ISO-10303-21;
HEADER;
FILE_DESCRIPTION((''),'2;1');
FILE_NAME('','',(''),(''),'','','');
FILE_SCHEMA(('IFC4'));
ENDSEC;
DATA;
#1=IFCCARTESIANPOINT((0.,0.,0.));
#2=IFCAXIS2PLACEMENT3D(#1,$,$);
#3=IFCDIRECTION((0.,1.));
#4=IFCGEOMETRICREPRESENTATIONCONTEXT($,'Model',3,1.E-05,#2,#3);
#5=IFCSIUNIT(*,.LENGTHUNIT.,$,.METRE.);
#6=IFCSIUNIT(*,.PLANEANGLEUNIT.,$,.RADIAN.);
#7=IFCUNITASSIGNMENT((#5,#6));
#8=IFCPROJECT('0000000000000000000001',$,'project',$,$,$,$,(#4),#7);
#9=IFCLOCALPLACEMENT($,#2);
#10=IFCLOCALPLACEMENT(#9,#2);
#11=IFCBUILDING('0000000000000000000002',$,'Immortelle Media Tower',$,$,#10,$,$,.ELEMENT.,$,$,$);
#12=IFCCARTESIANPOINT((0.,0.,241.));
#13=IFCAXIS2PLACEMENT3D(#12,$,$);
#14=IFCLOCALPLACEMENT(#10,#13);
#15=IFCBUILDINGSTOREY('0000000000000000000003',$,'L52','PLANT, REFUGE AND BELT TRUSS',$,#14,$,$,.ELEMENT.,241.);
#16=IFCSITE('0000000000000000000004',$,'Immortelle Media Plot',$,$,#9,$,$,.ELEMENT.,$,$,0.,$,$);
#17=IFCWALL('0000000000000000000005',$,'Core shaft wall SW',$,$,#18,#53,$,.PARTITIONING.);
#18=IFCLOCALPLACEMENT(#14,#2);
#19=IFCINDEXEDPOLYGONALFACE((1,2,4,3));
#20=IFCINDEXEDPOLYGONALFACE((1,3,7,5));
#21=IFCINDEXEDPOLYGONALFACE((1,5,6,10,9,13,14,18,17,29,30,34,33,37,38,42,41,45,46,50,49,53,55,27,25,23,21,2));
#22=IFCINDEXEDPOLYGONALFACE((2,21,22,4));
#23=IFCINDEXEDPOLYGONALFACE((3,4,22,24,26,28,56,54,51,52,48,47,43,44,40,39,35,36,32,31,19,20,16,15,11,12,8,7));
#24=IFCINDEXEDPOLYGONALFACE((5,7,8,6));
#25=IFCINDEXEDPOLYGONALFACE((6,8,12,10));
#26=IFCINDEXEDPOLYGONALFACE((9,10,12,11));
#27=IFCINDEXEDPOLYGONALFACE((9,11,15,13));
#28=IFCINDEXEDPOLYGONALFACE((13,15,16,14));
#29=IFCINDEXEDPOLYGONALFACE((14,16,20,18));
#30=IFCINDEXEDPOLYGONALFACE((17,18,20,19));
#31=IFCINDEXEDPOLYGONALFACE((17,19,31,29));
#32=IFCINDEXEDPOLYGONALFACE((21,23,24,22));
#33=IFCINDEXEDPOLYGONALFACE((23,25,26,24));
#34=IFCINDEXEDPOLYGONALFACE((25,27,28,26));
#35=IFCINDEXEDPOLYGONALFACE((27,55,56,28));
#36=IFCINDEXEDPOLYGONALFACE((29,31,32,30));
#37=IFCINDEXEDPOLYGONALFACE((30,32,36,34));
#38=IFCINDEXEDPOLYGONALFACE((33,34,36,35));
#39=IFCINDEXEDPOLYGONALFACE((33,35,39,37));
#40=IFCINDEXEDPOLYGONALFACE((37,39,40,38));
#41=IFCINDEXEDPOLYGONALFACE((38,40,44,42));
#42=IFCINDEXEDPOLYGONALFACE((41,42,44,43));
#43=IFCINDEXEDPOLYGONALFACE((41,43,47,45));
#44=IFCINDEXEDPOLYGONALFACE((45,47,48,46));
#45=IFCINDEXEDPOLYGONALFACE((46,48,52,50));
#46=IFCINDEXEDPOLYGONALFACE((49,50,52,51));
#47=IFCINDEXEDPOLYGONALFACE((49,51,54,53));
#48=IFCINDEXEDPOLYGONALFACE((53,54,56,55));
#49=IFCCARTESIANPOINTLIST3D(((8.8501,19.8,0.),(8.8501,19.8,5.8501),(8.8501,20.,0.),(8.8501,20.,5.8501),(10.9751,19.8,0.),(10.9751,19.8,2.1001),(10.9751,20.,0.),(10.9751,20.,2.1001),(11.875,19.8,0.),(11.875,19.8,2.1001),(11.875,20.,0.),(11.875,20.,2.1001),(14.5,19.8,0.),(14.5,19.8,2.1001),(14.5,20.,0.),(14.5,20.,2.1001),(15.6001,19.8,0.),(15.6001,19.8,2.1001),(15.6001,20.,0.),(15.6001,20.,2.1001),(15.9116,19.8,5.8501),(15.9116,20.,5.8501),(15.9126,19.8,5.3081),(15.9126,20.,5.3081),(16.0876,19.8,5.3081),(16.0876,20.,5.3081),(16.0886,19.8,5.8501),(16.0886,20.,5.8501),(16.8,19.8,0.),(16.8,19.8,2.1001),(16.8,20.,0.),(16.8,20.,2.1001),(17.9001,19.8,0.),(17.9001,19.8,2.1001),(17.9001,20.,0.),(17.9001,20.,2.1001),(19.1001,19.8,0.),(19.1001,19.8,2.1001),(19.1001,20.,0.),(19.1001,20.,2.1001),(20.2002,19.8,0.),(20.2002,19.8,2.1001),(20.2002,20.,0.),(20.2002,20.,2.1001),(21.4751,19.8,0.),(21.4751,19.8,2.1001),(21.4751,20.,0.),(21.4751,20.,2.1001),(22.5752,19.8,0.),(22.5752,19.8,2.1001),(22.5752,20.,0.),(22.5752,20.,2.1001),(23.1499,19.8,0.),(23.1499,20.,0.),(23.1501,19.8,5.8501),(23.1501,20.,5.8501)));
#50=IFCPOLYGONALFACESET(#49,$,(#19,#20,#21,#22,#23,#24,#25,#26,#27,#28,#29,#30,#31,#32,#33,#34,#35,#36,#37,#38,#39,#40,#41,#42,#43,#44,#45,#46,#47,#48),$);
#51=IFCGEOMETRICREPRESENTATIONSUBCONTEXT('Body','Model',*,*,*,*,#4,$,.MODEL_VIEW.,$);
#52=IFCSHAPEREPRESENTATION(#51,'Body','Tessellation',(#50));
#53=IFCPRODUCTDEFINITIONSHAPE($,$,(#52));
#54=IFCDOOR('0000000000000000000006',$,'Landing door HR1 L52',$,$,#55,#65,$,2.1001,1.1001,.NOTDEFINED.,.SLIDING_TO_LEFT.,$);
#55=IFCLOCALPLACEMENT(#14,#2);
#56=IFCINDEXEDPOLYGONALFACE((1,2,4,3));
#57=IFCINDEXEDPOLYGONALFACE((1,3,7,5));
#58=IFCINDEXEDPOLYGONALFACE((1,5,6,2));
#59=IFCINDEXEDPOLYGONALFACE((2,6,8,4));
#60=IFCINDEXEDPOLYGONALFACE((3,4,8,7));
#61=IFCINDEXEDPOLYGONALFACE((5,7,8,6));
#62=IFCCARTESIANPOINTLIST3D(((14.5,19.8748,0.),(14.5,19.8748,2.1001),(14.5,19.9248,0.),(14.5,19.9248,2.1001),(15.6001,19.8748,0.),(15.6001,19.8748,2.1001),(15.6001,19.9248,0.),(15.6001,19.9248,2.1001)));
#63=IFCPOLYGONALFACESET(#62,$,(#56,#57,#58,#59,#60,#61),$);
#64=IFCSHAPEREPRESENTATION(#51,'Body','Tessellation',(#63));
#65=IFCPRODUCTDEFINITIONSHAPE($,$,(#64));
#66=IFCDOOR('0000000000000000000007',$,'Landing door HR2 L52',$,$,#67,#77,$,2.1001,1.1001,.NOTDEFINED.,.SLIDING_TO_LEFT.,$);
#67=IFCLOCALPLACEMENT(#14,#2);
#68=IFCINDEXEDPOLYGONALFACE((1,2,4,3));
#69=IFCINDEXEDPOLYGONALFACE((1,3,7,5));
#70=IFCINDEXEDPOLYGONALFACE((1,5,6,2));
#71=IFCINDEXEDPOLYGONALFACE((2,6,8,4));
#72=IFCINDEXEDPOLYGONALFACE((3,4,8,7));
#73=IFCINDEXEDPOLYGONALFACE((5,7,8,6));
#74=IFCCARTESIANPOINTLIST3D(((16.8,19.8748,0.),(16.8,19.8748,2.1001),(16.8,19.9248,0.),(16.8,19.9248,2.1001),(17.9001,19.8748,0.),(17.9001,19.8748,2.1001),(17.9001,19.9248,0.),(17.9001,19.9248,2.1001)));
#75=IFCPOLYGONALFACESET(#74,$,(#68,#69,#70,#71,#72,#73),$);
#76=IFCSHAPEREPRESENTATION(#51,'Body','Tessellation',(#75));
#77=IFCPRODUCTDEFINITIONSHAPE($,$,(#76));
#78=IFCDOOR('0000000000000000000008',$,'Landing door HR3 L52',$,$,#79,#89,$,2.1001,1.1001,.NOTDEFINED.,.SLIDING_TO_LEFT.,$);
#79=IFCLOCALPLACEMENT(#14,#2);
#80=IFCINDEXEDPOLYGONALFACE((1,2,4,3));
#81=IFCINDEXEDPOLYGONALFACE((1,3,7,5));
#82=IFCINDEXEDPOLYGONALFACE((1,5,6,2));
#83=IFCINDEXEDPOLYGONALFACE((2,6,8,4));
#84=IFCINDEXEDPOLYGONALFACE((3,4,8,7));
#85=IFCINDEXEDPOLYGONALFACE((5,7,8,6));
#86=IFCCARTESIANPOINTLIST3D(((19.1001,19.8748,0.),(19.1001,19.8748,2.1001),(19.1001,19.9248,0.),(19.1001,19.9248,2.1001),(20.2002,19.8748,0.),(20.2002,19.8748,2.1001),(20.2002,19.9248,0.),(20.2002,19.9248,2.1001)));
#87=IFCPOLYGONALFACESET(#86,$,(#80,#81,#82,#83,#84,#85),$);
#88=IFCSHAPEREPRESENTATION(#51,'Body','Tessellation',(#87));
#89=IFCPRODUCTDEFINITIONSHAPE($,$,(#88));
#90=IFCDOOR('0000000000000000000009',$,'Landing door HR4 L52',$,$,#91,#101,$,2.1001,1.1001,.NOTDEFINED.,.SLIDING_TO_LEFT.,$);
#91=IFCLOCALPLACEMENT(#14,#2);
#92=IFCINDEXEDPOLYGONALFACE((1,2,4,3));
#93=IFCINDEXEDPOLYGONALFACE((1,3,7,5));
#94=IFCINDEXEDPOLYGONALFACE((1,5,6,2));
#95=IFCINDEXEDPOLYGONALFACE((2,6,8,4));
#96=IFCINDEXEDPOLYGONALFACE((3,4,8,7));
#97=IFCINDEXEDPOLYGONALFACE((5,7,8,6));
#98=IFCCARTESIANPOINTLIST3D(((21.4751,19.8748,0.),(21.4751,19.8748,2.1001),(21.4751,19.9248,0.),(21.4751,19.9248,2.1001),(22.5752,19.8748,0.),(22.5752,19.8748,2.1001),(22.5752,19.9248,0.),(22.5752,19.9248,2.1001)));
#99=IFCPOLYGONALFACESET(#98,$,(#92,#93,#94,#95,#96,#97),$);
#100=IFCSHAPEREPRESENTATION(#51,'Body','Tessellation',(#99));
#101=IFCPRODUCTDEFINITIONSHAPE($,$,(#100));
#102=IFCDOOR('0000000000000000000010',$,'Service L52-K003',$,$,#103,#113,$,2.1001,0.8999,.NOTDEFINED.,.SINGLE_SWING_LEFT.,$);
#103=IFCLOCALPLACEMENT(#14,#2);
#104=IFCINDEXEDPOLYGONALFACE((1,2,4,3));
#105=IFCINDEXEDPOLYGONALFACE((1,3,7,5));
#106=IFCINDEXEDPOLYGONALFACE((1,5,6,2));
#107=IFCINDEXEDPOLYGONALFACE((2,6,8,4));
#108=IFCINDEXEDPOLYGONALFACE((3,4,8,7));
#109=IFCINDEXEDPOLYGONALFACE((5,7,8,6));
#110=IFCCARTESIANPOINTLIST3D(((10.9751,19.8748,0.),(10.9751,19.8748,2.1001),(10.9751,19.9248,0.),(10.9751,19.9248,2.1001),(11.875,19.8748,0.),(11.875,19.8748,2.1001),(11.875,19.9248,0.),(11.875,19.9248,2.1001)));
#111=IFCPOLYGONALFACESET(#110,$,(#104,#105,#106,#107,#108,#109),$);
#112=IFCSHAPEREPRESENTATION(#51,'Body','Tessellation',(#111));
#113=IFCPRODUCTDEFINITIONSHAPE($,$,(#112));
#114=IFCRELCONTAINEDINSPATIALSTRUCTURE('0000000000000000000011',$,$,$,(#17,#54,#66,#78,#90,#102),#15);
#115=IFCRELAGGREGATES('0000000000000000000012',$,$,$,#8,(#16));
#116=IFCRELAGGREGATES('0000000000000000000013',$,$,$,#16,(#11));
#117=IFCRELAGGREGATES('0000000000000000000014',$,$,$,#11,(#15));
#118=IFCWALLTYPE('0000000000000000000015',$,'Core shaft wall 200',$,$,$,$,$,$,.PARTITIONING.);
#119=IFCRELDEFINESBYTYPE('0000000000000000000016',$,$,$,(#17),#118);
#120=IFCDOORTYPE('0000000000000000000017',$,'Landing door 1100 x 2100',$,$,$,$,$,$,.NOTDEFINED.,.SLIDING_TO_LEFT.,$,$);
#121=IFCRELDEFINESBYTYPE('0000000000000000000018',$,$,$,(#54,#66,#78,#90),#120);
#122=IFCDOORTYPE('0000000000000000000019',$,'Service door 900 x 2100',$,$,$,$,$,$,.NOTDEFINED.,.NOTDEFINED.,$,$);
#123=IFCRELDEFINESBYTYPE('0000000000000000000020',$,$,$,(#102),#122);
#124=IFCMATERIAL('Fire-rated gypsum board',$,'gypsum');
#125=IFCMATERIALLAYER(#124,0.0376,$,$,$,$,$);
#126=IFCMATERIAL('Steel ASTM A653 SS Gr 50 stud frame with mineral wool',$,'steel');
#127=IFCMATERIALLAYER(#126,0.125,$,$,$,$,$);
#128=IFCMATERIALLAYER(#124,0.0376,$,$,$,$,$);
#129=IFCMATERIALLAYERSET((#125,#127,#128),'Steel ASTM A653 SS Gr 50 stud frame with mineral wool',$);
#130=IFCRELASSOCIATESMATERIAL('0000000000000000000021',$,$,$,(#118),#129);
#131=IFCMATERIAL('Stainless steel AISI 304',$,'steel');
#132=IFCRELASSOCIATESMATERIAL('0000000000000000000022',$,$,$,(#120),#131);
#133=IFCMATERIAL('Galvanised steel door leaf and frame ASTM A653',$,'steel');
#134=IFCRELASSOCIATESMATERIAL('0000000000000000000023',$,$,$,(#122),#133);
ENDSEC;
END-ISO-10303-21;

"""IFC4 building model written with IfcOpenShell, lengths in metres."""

from ifc_helpers import new_model, si_unit, direction, frame, frame_2d, origin, place, context, subcontext, project, spatial, polyline, rectangle, outline, extrude, material, layer, layer_set, type_object, element, fill, save


model = new_model("IFC4")

# Units and contexts
model_context = context("Model", 3, precision=1e-05, world=origin(), true_north=direction((0.0, 1.0)))
body_context = subcontext(model_context, "Body", "Model", "MODEL_VIEW")
ifc_project = project(units=[si_unit("LENGTHUNIT", "METRE"), si_unit("PLANEANGLEUNIT", "RADIAN")], contexts=[model_context])

# Site, building, storey
site_placement = place(None, origin())
site = spatial("IfcSite", under=ifc_project, at=site_placement, Name="Immortelle Media Plot", CompositionType="ELEMENT", RefElevation=0.0)
building_placement = place(site_placement, origin())
building = spatial("IfcBuilding", under=site, at=building_placement, Name="Immortelle Media Tower", CompositionType="ELEMENT")
storey_placement = place(building_placement, frame((0.0, 0.0, 241.0)))
storey = spatial("IfcBuildingStorey", under=building, at=storey_placement, Name="L52", Description="PLANT, REFUGE AND BELT TRUSS", CompositionType="ELEMENT", Elevation=241.0)

# Shared definitions
ifc_material_1 = material(Name="Fire-rated gypsum board", Category="gypsum")
ifc_material_2 = material(Name="Steel ASTM A653 SS Gr 50 stud frame with mineral wool", Category="steel")

# Wall, openings, doors
ifc_layer_1 = layer(ifc_material_1, 0.0376)
ifc_layer_2 = layer(ifc_material_2, 0.125)
ifc_layer_3 = layer(ifc_material_1, 0.0376)
ifc_layer_set_1 = layer_set([ifc_layer_1, ifc_layer_2, ifc_layer_3], Name="Steel ASTM A653 SS Gr 50 stud frame with mineral wool")
wall_type_1 = type_object("IfcWallType", Name="Core shaft wall 200", PredefinedType="PARTITIONING", material=ifc_layer_set_1)
wall_1_placement = place(storey_placement, frame((8.8501, 19.8999, 0.0), z_axis=(0.0, 0.0, 1.0), x_axis=(1.0, 0.0, 0.0)))
wall_1 = element("IfcWall", 1, at=wall_1_placement, inside=storey, type_object=wall_type_1, Name="Core shaft wall SW", PredefinedType="PARTITIONING", context=body_context, shape_type="SweptSolid", body=[
    extrude(outline(polyline([(0.0, 0.0), (14.2998, 0.0), (14.3, 5.8501), (7.2385, 5.8501), (7.2375, 5.3081), (7.0625, 5.3081), (7.0615, 5.8501), (0.0, 5.8501), (0.0, 0.0)])), frame((0.0, 0.1001, 0.0), z_axis=(0.0, -1.0, 0.0), x_axis=(1.0, 0.0, 0.0)), (0.0, 0.0, 1.0), 0.2),
])
opening_1_placement = place(wall_1_placement, frame((2.125, 0.0, 0.0)))
opening_1 = element("IfcOpeningElement", 2, at=opening_1_placement, cuts=wall_1, PredefinedType="OPENING", context=body_context, shape_type="SweptSolid", body=[
    extrude(rectangle(XDim=0.8999, YDim=2.1001, at=frame_2d((0.45, 1.05))), frame((0.0, 0.1099, 0.0), z_axis=(0.0, -1.0, 0.0), x_axis=(1.0, 0.0, 0.0)), (0.0, 0.0, 1.0), 0.22),
])
opening_2_placement = place(wall_1_placement, frame((5.6499, 0.0, 0.0)))
opening_2 = element("IfcOpeningElement", 3, at=opening_2_placement, cuts=wall_1, PredefinedType="OPENING", context=body_context, shape_type="SweptSolid", body=[
    extrude(rectangle(XDim=1.1001, YDim=2.1001, at=frame_2d((0.55, 1.05))), frame((0.0, 0.1099, 0.0), z_axis=(0.0, -1.0, 0.0), x_axis=(1.0, 0.0, 0.0)), (0.0, 0.0, 1.0), 0.22),
])
opening_3_placement = place(wall_1_placement, frame((7.95, 0.0, 0.0)))
opening_3 = element("IfcOpeningElement", 4, at=opening_3_placement, cuts=wall_1, PredefinedType="OPENING", context=body_context, shape_type="SweptSolid", body=[
    extrude(rectangle(XDim=1.1001, YDim=2.1001, at=frame_2d((0.55, 1.05))), frame((0.0, 0.1099, 0.0), z_axis=(0.0, -1.0, 0.0), x_axis=(1.0, 0.0, 0.0)), (0.0, 0.0, 1.0), 0.22),
])
opening_4_placement = place(wall_1_placement, frame((10.25, 0.0, 0.0)))
opening_4 = element("IfcOpeningElement", 5, at=opening_4_placement, cuts=wall_1, PredefinedType="OPENING", context=body_context, shape_type="SweptSolid", body=[
    extrude(rectangle(XDim=1.1001, YDim=2.1001, at=frame_2d((0.55, 1.05))), frame((0.0, 0.1099, 0.0), z_axis=(0.0, -1.0, 0.0), x_axis=(1.0, 0.0, 0.0)), (0.0, 0.0, 1.0), 0.22),
])
opening_5_placement = place(wall_1_placement, frame((12.625, 0.0, 0.0)))
opening_5 = element("IfcOpeningElement", 6, at=opening_5_placement, cuts=wall_1, PredefinedType="OPENING", context=body_context, shape_type="SweptSolid", body=[
    extrude(rectangle(XDim=1.1001, YDim=2.1001, at=frame_2d((0.55, 1.05))), frame((0.0, 0.1099, 0.0), z_axis=(0.0, -1.0, 0.0), x_axis=(1.0, 0.0, 0.0)), (0.0, 0.0, 1.0), 0.22),
])
ifc_material_3 = material(Name="Stainless steel AISI 304", Category="steel")
door_type_1 = type_object("IfcDoorType", Name="Landing door 1100 x 2100", OperationType="SLIDING_TO_LEFT", PredefinedType="NOTDEFINED", material=ifc_material_3)
door_1_placement = place(opening_2_placement, origin())
door_1 = element("IfcDoor", 7, at=door_1_placement, inside=storey, type_object=door_type_1, Name="Landing door HR1 L52", OperationType="SLIDING_TO_LEFT", OverallHeight=2.1001, OverallWidth=1.1001, PredefinedType="NOTDEFINED", context=body_context, shape_type="SweptSolid", body=[
    extrude(rectangle(XDim=1.1001, YDim=2.1001, at=frame_2d((0.55, 1.05))), frame((0.0, 0.0249, 0.0), z_axis=(0.0, -1.0, 0.0), x_axis=(1.0, 0.0, 0.0)), (0.0, 0.0, 1.0), 0.05),
])
fill(opening_2, door_1)
door_2_placement = place(opening_3_placement, origin())
door_2 = element("IfcDoor", 8, at=door_2_placement, inside=storey, type_object=door_type_1, Name="Landing door HR2 L52", OperationType="SLIDING_TO_LEFT", OverallHeight=2.1001, OverallWidth=1.1001, PredefinedType="NOTDEFINED", context=body_context, shape_type="SweptSolid", body=[
    extrude(rectangle(XDim=1.1001, YDim=2.1001, at=frame_2d((0.55, 1.05))), frame((0.0, 0.0249, 0.0), z_axis=(0.0, -1.0, 0.0), x_axis=(1.0, 0.0, 0.0)), (0.0, 0.0, 1.0), 0.05),
])
fill(opening_3, door_2)
door_3_placement = place(opening_4_placement, origin())
door_3 = element("IfcDoor", 9, at=door_3_placement, inside=storey, type_object=door_type_1, Name="Landing door HR3 L52", OperationType="SLIDING_TO_LEFT", OverallHeight=2.1001, OverallWidth=1.1001, PredefinedType="NOTDEFINED", context=body_context, shape_type="SweptSolid", body=[
    extrude(rectangle(XDim=1.1001, YDim=2.1001, at=frame_2d((0.55, 1.05))), frame((0.0, 0.0249, 0.0), z_axis=(0.0, -1.0, 0.0), x_axis=(1.0, 0.0, 0.0)), (0.0, 0.0, 1.0), 0.05),
])
fill(opening_4, door_3)
door_4_placement = place(opening_5_placement, origin())
door_4 = element("IfcDoor", 10, at=door_4_placement, inside=storey, type_object=door_type_1, Name="Landing door HR4 L52", OperationType="SLIDING_TO_LEFT", OverallHeight=2.1001, OverallWidth=1.1001, PredefinedType="NOTDEFINED", context=body_context, shape_type="SweptSolid", body=[
    extrude(rectangle(XDim=1.1001, YDim=2.1001, at=frame_2d((0.55, 1.05))), frame((0.0, 0.0249, 0.0), z_axis=(0.0, -1.0, 0.0), x_axis=(1.0, 0.0, 0.0)), (0.0, 0.0, 1.0), 0.05),
])
fill(opening_5, door_4)
ifc_material_4 = material(Name="Galvanised steel door leaf and frame ASTM A653", Category="steel")
door_type_2 = type_object("IfcDoorType", Name="Service door 900 x 2100", OperationType="NOTDEFINED", PredefinedType="NOTDEFINED", material=ifc_material_4)
door_5_placement = place(opening_1_placement, origin())
door_5 = element("IfcDoor", 11, at=door_5_placement, inside=storey, type_object=door_type_2, Name="Service L52-K003", OperationType="SINGLE_SWING_LEFT", OverallHeight=2.1001, OverallWidth=0.8999, PredefinedType="NOTDEFINED", context=body_context, shape_type="SweptSolid", body=[
    extrude(rectangle(XDim=0.8999, YDim=2.1001, at=frame_2d((0.45, 1.05))), frame((0.0, 0.0249, 0.0), z_axis=(0.0, -1.0, 0.0), x_axis=(1.0, 0.0, 0.0)), (0.0, 0.0, 1.0), 0.05),
])
fill(opening_1, door_5)

save(model, "model.ifc")
